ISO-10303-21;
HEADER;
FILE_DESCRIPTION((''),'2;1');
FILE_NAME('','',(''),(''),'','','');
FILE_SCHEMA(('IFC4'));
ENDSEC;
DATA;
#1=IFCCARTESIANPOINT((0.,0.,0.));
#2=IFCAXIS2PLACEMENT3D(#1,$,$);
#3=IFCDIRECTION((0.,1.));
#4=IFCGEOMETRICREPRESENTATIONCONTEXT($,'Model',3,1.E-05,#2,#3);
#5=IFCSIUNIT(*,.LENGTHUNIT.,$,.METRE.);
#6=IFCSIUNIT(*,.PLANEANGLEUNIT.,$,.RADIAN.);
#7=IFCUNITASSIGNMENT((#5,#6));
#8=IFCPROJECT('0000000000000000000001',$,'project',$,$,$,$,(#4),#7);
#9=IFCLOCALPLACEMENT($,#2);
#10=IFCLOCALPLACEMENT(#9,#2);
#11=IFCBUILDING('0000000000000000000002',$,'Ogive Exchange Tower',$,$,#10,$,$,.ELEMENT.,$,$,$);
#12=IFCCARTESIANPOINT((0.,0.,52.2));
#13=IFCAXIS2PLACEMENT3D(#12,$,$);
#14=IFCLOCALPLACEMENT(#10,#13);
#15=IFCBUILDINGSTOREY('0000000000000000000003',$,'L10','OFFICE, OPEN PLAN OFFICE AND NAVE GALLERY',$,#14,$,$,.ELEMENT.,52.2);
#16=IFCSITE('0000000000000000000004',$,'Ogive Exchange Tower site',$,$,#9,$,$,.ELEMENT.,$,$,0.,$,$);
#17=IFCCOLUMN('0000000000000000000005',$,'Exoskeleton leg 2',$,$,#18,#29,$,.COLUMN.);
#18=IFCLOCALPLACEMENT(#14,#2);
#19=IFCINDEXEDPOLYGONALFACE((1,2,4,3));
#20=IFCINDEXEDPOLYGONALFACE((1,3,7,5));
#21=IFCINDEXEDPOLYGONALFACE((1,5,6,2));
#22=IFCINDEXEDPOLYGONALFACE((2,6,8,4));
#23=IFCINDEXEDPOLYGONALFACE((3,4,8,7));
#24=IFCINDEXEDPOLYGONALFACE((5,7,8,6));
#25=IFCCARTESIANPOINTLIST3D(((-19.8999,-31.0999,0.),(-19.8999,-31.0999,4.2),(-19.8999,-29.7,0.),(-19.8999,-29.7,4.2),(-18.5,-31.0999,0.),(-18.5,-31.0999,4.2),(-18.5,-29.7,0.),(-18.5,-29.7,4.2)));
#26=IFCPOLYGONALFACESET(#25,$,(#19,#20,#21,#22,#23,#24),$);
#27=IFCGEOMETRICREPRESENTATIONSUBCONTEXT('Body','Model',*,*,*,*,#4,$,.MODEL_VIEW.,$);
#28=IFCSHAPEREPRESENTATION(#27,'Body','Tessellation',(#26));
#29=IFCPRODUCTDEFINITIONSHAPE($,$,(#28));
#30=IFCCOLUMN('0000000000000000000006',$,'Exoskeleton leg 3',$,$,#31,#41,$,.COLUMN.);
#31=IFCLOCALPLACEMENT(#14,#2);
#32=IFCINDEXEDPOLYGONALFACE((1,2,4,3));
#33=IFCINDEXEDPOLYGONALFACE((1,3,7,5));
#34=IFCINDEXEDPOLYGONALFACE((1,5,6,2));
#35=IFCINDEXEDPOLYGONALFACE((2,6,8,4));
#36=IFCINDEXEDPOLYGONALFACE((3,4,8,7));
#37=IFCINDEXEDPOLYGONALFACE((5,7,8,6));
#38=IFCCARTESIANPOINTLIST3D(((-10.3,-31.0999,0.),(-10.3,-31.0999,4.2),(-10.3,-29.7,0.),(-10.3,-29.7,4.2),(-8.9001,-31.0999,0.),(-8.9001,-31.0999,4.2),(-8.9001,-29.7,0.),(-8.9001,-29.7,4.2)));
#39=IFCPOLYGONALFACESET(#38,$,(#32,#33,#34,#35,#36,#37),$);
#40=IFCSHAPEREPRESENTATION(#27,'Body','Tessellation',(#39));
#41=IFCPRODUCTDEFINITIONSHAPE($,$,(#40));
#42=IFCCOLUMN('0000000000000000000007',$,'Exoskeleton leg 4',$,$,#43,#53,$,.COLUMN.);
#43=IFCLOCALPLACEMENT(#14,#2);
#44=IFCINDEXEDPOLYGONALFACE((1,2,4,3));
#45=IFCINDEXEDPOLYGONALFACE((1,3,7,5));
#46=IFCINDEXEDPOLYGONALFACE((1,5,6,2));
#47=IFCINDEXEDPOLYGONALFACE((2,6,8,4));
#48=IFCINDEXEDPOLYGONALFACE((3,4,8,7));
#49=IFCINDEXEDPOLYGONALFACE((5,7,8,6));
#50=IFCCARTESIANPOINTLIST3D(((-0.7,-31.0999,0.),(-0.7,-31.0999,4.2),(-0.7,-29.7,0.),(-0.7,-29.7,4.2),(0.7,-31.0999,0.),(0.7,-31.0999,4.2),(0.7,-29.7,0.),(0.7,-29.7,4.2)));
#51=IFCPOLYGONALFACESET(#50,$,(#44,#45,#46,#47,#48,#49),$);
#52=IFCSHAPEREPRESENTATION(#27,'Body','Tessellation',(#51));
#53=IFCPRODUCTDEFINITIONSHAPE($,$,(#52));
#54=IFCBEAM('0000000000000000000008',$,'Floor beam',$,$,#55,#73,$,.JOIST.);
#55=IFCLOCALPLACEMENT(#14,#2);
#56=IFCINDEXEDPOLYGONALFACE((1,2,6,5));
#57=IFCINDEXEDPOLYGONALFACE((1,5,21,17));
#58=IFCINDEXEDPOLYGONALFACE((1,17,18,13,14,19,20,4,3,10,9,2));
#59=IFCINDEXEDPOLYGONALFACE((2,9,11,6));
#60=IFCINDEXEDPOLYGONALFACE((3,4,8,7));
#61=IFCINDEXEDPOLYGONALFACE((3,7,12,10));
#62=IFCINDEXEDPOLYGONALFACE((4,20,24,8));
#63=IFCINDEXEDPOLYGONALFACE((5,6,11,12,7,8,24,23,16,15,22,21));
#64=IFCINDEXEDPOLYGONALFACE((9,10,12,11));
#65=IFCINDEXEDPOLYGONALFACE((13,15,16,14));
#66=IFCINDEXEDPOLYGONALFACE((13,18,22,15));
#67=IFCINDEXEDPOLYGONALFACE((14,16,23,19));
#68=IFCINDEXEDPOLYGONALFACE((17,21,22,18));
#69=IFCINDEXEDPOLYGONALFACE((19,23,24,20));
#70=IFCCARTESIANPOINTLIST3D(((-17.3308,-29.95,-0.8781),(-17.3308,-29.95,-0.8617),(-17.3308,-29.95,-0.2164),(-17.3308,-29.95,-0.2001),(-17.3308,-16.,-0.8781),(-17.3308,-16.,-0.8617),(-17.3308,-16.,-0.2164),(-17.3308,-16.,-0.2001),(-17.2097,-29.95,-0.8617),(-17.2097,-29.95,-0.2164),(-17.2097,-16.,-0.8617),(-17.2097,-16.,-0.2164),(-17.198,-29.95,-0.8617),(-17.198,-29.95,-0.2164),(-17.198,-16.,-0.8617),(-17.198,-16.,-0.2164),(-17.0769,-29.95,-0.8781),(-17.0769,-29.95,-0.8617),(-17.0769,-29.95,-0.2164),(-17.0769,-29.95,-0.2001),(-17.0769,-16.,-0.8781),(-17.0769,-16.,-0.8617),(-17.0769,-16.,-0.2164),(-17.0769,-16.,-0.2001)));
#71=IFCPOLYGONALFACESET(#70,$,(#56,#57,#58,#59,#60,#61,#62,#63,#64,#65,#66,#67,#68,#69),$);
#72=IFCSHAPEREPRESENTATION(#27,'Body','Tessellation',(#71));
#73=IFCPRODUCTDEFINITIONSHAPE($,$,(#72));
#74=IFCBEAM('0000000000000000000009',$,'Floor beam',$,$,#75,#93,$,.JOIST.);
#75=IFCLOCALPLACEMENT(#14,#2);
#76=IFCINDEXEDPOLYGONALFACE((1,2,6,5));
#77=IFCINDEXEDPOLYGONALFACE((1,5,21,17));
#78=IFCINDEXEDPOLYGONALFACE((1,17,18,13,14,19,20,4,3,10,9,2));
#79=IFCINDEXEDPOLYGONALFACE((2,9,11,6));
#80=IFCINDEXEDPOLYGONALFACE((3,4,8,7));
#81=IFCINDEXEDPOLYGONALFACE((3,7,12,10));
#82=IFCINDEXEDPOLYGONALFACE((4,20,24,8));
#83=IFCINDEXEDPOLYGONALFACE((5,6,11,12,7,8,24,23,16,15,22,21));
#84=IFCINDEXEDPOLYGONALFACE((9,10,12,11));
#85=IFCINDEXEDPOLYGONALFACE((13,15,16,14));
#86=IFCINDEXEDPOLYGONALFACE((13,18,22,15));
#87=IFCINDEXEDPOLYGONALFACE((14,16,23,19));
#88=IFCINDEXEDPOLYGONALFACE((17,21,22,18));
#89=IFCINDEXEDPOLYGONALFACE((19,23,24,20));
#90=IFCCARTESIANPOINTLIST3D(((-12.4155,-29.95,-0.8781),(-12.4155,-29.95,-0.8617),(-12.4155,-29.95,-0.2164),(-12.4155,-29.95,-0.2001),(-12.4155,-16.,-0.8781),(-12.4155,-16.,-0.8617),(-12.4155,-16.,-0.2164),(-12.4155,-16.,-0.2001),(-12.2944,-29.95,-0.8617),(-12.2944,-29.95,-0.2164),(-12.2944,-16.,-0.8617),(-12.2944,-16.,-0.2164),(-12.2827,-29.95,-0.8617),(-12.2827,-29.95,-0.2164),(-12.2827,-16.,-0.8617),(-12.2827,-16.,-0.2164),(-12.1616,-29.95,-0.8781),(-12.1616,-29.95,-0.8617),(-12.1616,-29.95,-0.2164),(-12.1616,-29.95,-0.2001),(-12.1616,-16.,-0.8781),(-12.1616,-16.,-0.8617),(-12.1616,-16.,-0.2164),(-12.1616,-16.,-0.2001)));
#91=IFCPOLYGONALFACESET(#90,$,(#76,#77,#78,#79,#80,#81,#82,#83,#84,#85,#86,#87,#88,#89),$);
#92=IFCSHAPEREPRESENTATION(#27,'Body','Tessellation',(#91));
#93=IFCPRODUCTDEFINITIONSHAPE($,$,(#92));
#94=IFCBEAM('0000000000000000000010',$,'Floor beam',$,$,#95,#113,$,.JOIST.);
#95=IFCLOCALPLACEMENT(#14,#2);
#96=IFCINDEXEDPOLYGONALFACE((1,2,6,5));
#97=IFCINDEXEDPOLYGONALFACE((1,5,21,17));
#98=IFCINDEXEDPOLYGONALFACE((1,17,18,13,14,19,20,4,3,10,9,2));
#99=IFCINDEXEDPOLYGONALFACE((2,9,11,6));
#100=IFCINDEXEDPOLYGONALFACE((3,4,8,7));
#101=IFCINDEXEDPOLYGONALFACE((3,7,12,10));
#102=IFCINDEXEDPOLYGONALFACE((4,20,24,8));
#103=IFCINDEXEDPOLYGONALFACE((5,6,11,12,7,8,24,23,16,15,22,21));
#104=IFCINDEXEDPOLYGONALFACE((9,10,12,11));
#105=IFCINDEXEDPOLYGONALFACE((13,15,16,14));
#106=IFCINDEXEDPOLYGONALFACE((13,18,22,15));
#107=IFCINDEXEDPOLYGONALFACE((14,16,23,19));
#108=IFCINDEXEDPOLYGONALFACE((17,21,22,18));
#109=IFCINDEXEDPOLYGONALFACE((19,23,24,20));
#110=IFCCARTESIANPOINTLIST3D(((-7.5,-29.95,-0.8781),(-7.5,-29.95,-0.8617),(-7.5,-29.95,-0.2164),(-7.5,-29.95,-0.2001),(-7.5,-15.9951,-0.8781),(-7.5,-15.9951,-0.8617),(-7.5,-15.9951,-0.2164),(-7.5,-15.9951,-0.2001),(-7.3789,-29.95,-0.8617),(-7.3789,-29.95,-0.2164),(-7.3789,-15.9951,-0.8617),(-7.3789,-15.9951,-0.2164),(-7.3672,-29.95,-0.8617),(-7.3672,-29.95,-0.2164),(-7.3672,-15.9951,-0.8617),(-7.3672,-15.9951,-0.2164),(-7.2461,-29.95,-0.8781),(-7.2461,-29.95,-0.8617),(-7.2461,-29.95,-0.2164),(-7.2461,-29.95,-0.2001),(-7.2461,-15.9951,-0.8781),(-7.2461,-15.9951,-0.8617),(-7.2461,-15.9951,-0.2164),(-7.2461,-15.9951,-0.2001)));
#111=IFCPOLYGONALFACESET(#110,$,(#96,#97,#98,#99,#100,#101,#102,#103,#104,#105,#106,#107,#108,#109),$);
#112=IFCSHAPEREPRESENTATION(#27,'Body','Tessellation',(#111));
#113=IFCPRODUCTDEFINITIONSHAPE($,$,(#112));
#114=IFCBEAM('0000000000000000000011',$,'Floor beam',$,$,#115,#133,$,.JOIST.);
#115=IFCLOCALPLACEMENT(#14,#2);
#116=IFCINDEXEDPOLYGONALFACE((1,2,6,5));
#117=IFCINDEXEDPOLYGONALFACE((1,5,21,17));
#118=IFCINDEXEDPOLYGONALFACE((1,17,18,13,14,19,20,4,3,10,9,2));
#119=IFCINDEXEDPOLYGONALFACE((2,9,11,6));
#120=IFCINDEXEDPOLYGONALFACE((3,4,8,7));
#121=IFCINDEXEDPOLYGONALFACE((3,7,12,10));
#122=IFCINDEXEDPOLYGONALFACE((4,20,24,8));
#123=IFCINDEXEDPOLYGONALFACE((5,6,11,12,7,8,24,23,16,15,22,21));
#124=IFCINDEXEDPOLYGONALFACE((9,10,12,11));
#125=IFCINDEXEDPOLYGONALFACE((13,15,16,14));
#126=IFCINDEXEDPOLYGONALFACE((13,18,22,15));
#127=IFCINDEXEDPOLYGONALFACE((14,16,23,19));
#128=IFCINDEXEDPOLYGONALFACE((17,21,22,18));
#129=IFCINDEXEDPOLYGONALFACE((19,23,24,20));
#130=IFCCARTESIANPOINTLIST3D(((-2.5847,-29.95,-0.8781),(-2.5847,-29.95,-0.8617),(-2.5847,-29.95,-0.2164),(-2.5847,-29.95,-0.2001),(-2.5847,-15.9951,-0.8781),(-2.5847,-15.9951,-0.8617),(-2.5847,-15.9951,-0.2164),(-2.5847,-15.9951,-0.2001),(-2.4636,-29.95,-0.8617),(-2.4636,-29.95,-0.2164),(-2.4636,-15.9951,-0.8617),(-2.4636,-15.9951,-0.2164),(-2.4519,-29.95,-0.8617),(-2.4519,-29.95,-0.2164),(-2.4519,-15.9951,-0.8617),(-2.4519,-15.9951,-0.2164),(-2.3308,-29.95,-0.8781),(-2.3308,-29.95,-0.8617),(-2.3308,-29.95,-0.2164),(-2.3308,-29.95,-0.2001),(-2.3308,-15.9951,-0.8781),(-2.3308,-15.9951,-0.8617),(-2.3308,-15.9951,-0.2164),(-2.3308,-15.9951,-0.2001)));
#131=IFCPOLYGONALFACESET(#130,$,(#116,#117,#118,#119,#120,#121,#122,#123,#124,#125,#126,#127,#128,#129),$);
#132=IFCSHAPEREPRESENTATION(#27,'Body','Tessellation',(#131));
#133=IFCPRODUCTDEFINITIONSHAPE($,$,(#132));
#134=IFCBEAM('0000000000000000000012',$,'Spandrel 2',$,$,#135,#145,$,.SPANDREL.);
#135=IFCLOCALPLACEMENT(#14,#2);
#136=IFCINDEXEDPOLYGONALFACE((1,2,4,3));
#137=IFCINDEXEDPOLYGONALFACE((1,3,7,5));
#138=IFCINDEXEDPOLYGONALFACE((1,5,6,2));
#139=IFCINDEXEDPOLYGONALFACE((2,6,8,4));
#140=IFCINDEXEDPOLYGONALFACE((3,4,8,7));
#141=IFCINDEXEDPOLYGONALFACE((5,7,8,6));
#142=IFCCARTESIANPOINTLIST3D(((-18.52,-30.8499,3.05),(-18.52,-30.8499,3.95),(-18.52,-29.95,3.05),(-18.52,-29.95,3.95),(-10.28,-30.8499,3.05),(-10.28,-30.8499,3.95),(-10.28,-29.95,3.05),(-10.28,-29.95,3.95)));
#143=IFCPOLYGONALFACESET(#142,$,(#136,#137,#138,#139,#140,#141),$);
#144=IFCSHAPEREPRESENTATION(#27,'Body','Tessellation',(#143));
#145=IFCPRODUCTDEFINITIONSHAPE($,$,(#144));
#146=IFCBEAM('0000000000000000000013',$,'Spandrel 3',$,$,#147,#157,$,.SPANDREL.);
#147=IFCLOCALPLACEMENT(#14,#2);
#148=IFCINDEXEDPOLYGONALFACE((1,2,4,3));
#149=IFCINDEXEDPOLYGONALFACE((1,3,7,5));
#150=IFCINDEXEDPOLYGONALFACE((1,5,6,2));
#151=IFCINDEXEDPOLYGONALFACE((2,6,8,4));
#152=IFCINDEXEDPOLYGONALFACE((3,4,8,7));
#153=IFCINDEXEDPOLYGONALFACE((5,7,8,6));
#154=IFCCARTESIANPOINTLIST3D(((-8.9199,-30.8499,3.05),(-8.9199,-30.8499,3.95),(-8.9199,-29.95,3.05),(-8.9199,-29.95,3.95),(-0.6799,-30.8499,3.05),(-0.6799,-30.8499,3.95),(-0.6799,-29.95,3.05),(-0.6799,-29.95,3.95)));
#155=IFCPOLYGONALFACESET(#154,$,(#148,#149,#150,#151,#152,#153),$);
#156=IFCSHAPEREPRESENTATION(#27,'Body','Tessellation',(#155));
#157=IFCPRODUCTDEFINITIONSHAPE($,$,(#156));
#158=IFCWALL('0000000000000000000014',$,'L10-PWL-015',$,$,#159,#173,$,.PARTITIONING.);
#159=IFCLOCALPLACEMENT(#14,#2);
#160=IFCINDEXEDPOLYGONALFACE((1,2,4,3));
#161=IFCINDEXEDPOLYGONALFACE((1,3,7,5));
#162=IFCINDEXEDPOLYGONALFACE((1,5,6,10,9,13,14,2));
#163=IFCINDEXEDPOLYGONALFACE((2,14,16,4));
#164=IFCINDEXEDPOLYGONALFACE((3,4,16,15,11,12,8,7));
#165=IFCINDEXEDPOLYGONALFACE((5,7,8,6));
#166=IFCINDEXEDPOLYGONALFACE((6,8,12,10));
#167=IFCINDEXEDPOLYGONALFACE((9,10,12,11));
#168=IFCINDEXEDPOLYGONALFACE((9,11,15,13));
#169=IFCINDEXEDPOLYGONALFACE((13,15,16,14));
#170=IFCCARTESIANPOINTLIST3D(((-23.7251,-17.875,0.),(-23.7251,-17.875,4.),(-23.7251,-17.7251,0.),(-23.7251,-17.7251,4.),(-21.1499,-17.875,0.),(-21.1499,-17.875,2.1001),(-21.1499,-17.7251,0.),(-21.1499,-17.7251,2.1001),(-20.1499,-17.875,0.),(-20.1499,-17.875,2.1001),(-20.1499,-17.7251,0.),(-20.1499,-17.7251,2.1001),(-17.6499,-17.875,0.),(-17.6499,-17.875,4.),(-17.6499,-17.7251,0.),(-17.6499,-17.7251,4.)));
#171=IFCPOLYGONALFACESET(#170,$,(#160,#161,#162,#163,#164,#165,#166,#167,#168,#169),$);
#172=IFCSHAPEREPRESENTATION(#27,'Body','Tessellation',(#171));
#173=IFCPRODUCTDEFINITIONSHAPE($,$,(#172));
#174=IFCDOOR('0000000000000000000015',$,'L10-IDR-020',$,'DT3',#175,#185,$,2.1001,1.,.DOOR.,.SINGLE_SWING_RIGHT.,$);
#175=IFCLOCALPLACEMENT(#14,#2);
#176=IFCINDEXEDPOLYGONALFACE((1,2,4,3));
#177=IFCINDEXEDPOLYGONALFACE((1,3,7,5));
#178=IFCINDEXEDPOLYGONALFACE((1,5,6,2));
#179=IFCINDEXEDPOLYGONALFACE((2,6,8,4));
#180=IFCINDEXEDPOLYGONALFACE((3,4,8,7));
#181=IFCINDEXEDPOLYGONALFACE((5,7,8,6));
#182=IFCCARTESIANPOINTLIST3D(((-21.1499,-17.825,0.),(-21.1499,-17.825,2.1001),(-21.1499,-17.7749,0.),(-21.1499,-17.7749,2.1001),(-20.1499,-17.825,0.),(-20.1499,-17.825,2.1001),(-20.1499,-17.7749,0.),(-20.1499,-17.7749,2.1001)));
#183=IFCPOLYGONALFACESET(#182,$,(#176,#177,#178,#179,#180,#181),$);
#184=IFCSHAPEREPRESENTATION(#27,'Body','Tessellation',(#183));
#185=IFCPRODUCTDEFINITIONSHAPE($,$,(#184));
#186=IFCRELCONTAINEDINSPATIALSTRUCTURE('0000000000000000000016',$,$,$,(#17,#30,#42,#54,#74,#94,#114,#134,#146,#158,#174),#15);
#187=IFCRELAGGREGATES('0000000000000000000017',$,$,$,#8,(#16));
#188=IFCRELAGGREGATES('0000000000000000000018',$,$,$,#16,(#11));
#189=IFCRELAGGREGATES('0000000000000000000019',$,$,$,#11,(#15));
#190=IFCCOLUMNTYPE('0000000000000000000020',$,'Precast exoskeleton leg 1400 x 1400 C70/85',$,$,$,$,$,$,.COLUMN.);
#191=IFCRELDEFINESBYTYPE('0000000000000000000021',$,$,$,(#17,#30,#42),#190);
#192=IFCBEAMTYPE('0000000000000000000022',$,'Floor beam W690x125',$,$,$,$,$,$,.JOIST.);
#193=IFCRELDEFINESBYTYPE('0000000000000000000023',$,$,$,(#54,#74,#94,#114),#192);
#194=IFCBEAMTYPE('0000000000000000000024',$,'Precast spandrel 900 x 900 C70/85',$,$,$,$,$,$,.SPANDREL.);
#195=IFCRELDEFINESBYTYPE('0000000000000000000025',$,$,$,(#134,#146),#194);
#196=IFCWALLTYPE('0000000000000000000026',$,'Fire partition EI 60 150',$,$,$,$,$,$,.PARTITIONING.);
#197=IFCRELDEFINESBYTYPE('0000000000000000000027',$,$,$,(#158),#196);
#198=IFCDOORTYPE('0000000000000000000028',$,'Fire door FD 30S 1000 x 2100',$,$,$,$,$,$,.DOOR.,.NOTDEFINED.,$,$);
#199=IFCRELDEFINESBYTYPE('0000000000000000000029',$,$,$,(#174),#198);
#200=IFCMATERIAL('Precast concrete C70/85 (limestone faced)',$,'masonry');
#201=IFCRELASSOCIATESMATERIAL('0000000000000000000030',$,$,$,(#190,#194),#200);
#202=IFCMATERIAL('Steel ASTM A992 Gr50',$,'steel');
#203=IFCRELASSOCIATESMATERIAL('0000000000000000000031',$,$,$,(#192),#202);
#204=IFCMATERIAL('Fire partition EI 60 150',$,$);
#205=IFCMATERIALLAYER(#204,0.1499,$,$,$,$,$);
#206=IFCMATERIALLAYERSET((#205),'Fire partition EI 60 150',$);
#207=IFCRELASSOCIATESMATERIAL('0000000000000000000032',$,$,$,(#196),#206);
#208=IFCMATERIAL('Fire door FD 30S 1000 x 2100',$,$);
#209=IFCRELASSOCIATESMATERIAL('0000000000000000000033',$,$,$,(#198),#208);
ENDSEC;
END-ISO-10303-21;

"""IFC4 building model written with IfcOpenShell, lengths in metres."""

from ifc_helpers import new_model, si_unit, direction, frame, frame_2d, origin, origin_2d, place, context, subcontext, project, spatial, rectangle, i_section, extrude, material, layer, layer_set, material_profile, profile_set, type_object, element, fill, save


model = new_model("IFC4")

# Units and contexts
model_context = context("Model", 3, precision=1e-05, world=origin(), true_north=direction((0.0, 1.0)))
body_context = subcontext(model_context, "Body", "Model", "MODEL_VIEW")
ifc_project = project(units=[si_unit("LENGTHUNIT", "METRE"), si_unit("PLANEANGLEUNIT", "RADIAN")], contexts=[model_context])

# Site, building, storey
site_placement = place(None, origin())
site = spatial("IfcSite", under=ifc_project, at=site_placement, Name="Ogive Exchange Tower site", CompositionType="ELEMENT", RefElevation=0.0)
building_placement = place(site_placement, origin())
building = spatial("IfcBuilding", under=site, at=building_placement, Name="Ogive Exchange Tower", CompositionType="ELEMENT")
storey_placement = place(building_placement, frame((0.0, 0.0, 52.2)))
storey = spatial("IfcBuildingStorey", under=building, at=storey_placement, Name="L10", Description="OFFICE, OPEN PLAN OFFICE AND NAVE GALLERY", CompositionType="ELEMENT", Elevation=52.2)

# Columns
ifc_material_1 = material(Name="Precast concrete C70/85 (limestone faced)", Category="masonry")
ifc_material_profile_1 = material_profile(ifc_material_1, rectangle(XDim=1.3999, YDim=1.3999, at=origin_2d()), Name="1400 x 1400")
ifc_profile_set_1 = profile_set([ifc_material_profile_1], Name="Precast concrete C70/85 (limestone faced)")
column_type = type_object("IfcColumnType", Name="Precast exoskeleton leg 1400 x 1400 C70/85", PredefinedType="COLUMN", material=ifc_profile_set_1)
for number, where, z_axis, x_axis, name in (
    (1, (-19.2, -30.3999, 0.0), (0.0, 0.0, 1.0), (1.0, 0.0, 0.0), "Exoskeleton leg 2"),
    (2, (-9.6001, -30.3999, 0.0), (0.0, 0.0, 1.0), (1.0, 0.0, 0.0), "Exoskeleton leg 3"),
    (3, (0.0, -30.3999, 0.0), (0.0, 0.0, 1.0), (1.0, 0.0, 0.0), "Exoskeleton leg 4"),
):
    element("IfcColumn", number, at=place(storey_placement, frame(where, z_axis=z_axis, x_axis=x_axis)), inside=storey, type_object=column_type, Name=name, PredefinedType="COLUMN", context=body_context, shape_type="SweptSolid", body=[
        extrude(rectangle(XDim=1.3999, YDim=1.3999, at=origin_2d()), origin(), (0.0, 0.0, 1.0), 4.2),
    ])

# Beams
ifc_material_2 = material(Name="Steel ASTM A992 Gr50", Category="steel")
ifc_material_profile_2 = material_profile(ifc_material_2, i_section(OverallWidth=0.2539, OverallDepth=0.678, WebThickness=0.0117, FlangeThickness=0.0164, at=origin_2d()), Name="W690x125")
ifc_profile_set_2 = profile_set([ifc_material_profile_2], Name="Steel ASTM A992 Gr50")
beam_type_1 = type_object("IfcBeamType", Name="Floor beam W690x125", PredefinedType="JOIST", material=ifc_profile_set_2)
for number, where, z_axis, x_axis, name in (
    (4, (-17.2039, -29.95, -0.5391), (0.0, 1.0, 0.0), (-1.0, 0.0, 0.0), "Floor beam"),
    (5, (-12.2886, -29.95, -0.5391), (0.0, 1.0, 0.0), (-1.0, 0.0, 0.0), "Floor beam"),
):
    element("IfcBeam", number, at=place(storey_placement, frame(where, z_axis=z_axis, x_axis=x_axis)), inside=storey, type_object=beam_type_1, Name=name, PredefinedType="JOIST", context=body_context, shape_type="SweptSolid", body=[
        extrude(i_section(OverallWidth=0.2539, OverallDepth=0.678, WebThickness=0.0117, FlangeThickness=0.0164, at=origin_2d()), origin(), (0.0, 0.0, 1.0), 13.95),
    ])
for number, where, z_axis, x_axis, name in (
    (6, (-7.373, -29.95, -0.5391), (0.0, 1.0, 0.0), (-1.0, 0.0, 0.0), "Floor beam"),
    (7, (-2.4578, -29.95, -0.5391), (0.0, 1.0, 0.0), (-1.0, 0.0, 0.0), "Floor beam"),
):
    element("IfcBeam", number, at=place(storey_placement, frame(where, z_axis=z_axis, x_axis=x_axis)), inside=storey, type_object=beam_type_1, Name=name, PredefinedType="JOIST", context=body_context, shape_type="SweptSolid", body=[
        extrude(i_section(OverallWidth=0.2539, OverallDepth=0.678, WebThickness=0.0117, FlangeThickness=0.0164, at=origin_2d()), origin(), (0.0, 0.0, 1.0), 13.9548),
    ])
ifc_material_profile_3 = material_profile(ifc_material_1, rectangle(XDim=0.8999, YDim=0.8999, at=origin_2d()), Name="900 x 900")
ifc_profile_set_3 = profile_set([ifc_material_profile_3], Name="Precast concrete C70/85 (limestone faced)")
beam_type_2 = type_object("IfcBeamType", Name="Precast spandrel 900 x 900 C70/85", PredefinedType="SPANDREL", material=ifc_profile_set_3)
for number, where, z_axis, x_axis, name in (
    (8, (-18.52, -30.3999, 3.5), (1.0, 0.0, 0.0), (0.0, 1.0, 0.0), "Spandrel 2"),
    (9, (-8.9199, -30.3999, 3.5), (1.0, 0.0, 0.0), (0.0, 1.0, 0.0), "Spandrel 3"),
):
    element("IfcBeam", number, at=place(storey_placement, frame(where, z_axis=z_axis, x_axis=x_axis)), inside=storey, type_object=beam_type_2, Name=name, PredefinedType="SPANDREL", context=body_context, shape_type="SweptSolid", body=[
        extrude(rectangle(XDim=0.8999, YDim=0.8999, at=origin_2d()), origin(), (0.0, 0.0, 1.0), 8.24),
    ])

# Wall, opening, door
ifc_material_3 = material(Name="Fire partition EI 60 150")
ifc_layer_1 = layer(ifc_material_3, 0.1499)
ifc_layer_set_1 = layer_set([ifc_layer_1], Name="Fire partition EI 60 150")
wall_type_1 = type_object("IfcWallType", Name="Fire partition EI 60 150", PredefinedType="PARTITIONING", material=ifc_layer_set_1)
wall_1_placement = place(storey_placement, frame((-17.6499, -17.8, 0.0), z_axis=(0.0, 0.0, 1.0), x_axis=(-1.0, 0.0, 0.0)))
wall_1 = element("IfcWall", 10, at=wall_1_placement, inside=storey, type_object=wall_type_1, Name="L10-PWL-015", PredefinedType="PARTITIONING", context=body_context, shape_type="SweptSolid", body=[
    extrude(rectangle(XDim=6.0752, YDim=0.1499, at=frame_2d((3.0376, 0.0))), origin(), (0.0, 0.0, 1.0), 4.0),
])
opening_1_placement = place(wall_1_placement, frame((2.5, 0.0, 0.0)))
opening_1 = element("IfcOpeningElement", 11, at=opening_1_placement, cuts=wall_1, PredefinedType="OPENING", context=body_context, shape_type="SweptSolid", body=[
    extrude(rectangle(XDim=1.0, YDim=2.1001, at=frame_2d((0.5, 1.05))), frame((0.0, 0.085, 0.0), z_axis=(0.0, -1.0, 0.0), x_axis=(1.0, 0.0, 0.0)), (0.0, 0.0, 1.0), 0.1699),
])
ifc_material_4 = material(Name="Fire door FD 30S 1000 x 2100")
door_type_1 = type_object("IfcDoorType", Name="Fire door FD 30S 1000 x 2100", OperationType="NOTDEFINED", PredefinedType="DOOR", material=ifc_material_4)
door_1_placement = place(opening_1_placement, origin())
door_1 = element("IfcDoor", 12, at=door_1_placement, inside=storey, type_object=door_type_1, Name="L10-IDR-020", ObjectType="DT3", OperationType="SINGLE_SWING_RIGHT", OverallHeight=2.1001, OverallWidth=1.0, PredefinedType="DOOR", context=body_context, shape_type="SweptSolid", body=[
    extrude(rectangle(XDim=1.0, YDim=2.1001, at=frame_2d((0.5, 1.05))), frame((0.0, 0.0249, 0.0), z_axis=(0.0, -1.0, 0.0), x_axis=(1.0, 0.0, 0.0)), (0.0, 0.0, 1.0), 0.05),
])
fill(opening_1, door_1)

save(model, "model.ifc")
